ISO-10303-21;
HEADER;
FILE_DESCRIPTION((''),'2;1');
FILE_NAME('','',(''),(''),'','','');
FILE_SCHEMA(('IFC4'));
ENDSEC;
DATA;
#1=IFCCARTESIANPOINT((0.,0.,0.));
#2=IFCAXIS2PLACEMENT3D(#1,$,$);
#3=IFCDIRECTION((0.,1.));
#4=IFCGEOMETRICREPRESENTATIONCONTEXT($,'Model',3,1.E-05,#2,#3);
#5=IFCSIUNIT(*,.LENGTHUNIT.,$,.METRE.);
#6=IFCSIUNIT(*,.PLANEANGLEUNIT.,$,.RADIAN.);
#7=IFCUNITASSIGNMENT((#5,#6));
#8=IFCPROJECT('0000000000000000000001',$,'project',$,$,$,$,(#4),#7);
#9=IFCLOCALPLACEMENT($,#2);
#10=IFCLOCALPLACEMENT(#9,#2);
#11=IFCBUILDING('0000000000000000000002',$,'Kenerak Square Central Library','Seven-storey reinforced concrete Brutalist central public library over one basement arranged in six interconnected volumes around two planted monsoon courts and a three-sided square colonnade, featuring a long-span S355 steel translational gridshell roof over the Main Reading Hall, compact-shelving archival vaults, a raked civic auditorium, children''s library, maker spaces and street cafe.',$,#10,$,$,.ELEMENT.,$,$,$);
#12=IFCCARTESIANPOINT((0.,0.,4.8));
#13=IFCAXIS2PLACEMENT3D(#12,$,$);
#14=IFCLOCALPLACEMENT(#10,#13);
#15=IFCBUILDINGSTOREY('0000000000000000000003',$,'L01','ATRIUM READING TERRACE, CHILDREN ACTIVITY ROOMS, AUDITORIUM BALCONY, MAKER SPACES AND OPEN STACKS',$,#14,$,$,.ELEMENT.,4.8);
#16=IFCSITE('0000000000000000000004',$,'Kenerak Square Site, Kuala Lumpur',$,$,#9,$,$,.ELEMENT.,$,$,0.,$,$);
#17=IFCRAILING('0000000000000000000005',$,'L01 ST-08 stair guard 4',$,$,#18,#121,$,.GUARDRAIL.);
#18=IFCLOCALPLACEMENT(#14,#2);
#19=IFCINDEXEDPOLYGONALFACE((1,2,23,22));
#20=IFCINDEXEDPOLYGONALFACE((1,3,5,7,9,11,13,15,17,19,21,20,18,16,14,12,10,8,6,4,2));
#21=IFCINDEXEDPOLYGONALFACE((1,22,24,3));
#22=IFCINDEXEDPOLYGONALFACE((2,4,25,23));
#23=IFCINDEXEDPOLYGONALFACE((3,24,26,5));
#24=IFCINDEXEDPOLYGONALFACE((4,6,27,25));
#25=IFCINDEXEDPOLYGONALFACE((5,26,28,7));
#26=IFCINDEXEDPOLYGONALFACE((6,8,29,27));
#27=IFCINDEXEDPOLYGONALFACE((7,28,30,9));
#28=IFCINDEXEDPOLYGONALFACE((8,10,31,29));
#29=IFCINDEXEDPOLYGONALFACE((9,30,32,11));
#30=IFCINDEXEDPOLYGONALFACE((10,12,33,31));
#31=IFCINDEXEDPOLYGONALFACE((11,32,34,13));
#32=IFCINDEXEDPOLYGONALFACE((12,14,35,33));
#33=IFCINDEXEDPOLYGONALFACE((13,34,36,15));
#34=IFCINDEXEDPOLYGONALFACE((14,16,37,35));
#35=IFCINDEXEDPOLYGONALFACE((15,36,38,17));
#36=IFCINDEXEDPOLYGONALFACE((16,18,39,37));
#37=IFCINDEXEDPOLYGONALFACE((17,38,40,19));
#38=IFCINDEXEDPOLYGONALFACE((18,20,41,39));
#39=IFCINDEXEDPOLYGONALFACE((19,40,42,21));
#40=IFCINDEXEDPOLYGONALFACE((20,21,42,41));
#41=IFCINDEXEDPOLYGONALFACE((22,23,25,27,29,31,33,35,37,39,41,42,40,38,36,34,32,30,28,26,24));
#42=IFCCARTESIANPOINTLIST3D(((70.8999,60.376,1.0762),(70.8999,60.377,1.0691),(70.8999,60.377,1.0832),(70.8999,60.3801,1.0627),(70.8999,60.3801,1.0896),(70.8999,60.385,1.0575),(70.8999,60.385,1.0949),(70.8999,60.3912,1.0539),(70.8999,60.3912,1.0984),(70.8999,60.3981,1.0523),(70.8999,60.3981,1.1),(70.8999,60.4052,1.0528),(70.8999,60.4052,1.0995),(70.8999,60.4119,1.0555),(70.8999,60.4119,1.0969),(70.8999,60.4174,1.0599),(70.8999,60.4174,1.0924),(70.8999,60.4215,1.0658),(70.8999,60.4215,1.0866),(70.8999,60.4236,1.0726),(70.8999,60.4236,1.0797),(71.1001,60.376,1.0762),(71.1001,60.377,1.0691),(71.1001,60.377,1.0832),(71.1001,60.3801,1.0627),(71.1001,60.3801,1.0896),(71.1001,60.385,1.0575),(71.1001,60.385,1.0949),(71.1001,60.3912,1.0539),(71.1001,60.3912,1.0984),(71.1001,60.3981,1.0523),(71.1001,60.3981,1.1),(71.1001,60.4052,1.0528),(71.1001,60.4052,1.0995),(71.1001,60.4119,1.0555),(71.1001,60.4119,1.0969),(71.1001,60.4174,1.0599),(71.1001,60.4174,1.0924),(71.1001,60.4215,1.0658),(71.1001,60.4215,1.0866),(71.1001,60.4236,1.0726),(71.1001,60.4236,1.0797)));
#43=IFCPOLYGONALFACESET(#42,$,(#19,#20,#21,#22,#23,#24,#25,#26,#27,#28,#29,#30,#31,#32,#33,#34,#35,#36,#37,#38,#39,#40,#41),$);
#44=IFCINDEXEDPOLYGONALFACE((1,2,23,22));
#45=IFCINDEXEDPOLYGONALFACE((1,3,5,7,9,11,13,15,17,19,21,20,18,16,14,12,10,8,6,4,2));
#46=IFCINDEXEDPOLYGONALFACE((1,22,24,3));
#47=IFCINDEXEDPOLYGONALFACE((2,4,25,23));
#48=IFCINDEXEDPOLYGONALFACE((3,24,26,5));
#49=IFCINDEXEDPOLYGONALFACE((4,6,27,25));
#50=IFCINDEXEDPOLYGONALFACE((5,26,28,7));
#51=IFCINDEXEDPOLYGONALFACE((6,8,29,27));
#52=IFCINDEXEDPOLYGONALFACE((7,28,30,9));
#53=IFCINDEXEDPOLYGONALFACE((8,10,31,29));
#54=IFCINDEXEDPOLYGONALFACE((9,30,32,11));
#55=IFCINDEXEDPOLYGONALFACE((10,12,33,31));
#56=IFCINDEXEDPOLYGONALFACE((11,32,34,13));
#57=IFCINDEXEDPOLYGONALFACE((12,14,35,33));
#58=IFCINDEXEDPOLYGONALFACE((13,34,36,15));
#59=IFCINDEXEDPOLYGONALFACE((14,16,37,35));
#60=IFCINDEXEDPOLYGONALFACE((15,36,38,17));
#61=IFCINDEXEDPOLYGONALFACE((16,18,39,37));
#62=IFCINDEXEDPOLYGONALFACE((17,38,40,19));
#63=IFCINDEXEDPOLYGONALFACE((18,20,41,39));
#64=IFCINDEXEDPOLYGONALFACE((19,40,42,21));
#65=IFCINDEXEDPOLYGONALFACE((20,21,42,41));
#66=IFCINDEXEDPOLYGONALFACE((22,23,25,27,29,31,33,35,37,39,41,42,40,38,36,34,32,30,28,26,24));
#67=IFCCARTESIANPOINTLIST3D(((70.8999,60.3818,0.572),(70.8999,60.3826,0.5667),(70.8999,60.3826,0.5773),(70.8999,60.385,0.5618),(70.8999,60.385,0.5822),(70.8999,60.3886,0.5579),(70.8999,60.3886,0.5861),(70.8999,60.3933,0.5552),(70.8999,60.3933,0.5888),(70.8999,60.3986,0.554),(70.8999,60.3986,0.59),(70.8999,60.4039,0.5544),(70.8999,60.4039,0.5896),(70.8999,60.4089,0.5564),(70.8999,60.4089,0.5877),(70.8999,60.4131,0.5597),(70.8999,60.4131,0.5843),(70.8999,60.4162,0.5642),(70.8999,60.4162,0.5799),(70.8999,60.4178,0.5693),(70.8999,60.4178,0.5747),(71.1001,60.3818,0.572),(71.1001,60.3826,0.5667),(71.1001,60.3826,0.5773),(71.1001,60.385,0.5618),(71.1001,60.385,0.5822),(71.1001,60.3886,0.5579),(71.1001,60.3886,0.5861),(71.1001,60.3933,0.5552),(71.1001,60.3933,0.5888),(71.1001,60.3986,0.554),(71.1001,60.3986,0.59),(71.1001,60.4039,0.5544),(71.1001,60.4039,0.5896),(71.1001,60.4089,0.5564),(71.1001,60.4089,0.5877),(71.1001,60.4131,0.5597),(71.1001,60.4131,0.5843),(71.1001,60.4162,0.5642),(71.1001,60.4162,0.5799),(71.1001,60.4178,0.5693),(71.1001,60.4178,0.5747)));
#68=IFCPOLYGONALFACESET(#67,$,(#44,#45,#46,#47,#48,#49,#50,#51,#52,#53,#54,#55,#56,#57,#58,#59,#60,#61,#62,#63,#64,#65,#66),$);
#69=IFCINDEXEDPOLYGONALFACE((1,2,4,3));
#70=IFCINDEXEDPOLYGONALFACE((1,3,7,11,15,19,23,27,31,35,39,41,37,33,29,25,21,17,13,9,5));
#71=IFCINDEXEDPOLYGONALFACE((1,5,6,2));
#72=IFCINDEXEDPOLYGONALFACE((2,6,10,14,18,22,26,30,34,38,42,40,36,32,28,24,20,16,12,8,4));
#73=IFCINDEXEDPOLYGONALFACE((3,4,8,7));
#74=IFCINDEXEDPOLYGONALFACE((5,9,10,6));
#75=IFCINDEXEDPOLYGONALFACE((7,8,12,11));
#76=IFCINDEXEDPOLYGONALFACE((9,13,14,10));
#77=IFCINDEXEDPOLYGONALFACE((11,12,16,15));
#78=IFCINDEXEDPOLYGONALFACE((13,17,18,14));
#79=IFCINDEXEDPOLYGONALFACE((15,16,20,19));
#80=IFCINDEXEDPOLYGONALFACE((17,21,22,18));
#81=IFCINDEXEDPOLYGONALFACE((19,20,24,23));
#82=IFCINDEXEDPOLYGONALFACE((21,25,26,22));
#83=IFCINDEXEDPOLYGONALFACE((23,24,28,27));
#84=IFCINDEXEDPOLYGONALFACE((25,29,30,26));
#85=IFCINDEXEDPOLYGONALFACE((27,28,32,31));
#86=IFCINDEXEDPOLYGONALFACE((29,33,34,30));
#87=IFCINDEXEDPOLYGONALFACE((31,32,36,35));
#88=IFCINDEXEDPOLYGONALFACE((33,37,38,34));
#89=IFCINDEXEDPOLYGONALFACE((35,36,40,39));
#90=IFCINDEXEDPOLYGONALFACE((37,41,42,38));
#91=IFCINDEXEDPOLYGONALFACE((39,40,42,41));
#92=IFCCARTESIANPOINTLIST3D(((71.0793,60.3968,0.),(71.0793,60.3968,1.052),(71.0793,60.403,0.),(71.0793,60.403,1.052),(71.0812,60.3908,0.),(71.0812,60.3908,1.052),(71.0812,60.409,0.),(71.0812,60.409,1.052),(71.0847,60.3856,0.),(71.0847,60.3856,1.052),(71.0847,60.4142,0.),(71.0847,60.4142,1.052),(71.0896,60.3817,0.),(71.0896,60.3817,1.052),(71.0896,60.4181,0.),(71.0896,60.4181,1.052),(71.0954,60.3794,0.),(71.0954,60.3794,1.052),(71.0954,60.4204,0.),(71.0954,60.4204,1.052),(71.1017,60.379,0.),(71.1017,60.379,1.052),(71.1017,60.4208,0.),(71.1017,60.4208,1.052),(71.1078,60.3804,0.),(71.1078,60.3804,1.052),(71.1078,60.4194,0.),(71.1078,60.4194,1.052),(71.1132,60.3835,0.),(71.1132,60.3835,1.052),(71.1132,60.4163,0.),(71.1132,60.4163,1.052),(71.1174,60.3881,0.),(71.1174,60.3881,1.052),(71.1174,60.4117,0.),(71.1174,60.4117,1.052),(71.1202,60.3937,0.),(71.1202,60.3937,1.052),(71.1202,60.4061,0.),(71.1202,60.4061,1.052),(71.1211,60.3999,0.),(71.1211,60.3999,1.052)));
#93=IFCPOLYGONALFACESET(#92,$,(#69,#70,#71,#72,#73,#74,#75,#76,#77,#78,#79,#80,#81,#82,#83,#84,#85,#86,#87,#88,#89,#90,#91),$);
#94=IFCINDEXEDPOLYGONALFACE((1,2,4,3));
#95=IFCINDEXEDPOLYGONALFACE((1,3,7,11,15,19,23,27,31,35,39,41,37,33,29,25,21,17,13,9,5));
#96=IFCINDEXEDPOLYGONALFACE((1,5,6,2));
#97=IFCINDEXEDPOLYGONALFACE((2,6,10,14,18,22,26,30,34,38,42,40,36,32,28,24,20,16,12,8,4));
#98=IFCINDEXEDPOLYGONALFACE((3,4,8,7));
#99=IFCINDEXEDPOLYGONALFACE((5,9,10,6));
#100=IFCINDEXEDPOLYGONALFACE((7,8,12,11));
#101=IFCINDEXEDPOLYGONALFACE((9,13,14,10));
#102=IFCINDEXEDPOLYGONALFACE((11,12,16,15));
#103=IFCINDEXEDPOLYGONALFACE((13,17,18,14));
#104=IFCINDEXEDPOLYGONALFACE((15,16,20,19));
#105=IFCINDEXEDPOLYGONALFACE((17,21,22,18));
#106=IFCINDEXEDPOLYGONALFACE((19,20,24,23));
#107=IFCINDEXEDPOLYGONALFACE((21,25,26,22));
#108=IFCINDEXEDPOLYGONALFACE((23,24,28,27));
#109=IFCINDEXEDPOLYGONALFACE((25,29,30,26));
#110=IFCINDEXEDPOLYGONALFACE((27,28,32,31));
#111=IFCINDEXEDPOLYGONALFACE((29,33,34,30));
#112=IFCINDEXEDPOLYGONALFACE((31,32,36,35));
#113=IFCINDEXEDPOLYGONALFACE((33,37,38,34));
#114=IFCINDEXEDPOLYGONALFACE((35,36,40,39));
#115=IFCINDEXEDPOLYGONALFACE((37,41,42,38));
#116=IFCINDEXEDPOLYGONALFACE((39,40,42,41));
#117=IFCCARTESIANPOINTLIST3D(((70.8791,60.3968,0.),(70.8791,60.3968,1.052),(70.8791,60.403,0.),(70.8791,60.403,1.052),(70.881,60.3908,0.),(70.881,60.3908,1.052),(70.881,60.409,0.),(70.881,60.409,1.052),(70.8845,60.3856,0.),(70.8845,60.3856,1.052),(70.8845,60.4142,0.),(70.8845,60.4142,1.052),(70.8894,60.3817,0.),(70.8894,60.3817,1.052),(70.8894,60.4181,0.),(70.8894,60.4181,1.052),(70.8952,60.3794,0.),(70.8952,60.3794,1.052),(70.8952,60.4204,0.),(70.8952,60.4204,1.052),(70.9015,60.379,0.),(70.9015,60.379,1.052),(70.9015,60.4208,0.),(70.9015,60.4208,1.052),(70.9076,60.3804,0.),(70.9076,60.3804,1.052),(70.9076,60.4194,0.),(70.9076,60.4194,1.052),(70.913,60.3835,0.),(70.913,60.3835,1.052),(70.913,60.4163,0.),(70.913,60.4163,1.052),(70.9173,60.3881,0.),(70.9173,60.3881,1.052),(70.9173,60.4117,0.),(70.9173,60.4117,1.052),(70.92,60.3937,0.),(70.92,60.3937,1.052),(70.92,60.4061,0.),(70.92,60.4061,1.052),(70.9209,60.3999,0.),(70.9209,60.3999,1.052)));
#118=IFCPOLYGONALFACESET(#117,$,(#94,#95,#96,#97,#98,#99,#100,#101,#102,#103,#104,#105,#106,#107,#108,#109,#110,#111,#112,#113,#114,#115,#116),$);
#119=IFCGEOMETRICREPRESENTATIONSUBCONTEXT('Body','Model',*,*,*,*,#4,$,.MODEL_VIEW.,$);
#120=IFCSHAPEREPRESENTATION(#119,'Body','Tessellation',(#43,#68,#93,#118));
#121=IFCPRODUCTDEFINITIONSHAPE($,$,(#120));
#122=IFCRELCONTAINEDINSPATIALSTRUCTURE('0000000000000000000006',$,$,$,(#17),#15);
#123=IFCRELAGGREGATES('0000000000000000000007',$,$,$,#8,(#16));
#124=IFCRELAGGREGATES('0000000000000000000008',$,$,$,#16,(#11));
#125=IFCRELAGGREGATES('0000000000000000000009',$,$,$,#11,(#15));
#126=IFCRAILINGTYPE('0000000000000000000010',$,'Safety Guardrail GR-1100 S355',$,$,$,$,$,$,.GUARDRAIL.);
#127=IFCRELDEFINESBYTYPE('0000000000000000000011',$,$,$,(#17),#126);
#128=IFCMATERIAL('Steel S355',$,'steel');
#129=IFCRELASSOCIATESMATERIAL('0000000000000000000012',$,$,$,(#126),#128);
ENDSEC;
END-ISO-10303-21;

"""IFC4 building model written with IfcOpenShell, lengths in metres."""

from ifc_helpers import new_model, si_unit, direction, frame, origin, origin_2d, place, context, subcontext, project, spatial, circle, extrude, material, type_object, element, save


model = new_model("IFC4")

# Units and contexts
model_context = context("Model", 3, precision=1e-05, world=origin(), true_north=direction((0.0, 1.0)))
body_context = subcontext(model_context, "Body", "Model", "MODEL_VIEW")
ifc_project = project(units=[si_unit("LENGTHUNIT", "METRE"), si_unit("PLANEANGLEUNIT", "RADIAN")], contexts=[model_context])

# Site, building, storey
site_placement = place(None, origin())
site = spatial("IfcSite", under=ifc_project, at=site_placement, Name="Kenerak Square Site, Kuala Lumpur", CompositionType="ELEMENT", RefElevation=0.0)
building_placement = place(site_placement, origin())
building = spatial("IfcBuilding", under=site, at=building_placement, Name="Kenerak Square Central Library", Description="Seven-storey reinforced concrete Brutalist central public library over one basement arranged in six interconnected volumes around two planted monsoon courts and a three-sided square colonnade, featuring a long-span S355 steel translational gridshell roof over the Main Reading Hall, compact-shelving archival vaults, a raked civic auditorium, children's library, maker spaces and street cafe.", CompositionType="ELEMENT")
storey_placement = place(building_placement, frame((0.0, 0.0, 4.8)))
storey = spatial("IfcBuildingStorey", under=building, at=storey_placement, Name="L01", Description="ATRIUM READING TERRACE, CHILDREN ACTIVITY ROOMS, AUDITORIUM BALCONY, MAKER SPACES AND OPEN STACKS", CompositionType="ELEMENT", Elevation=4.8)

# Shared definitions
ifc_material_1 = material(Name="Steel S355", Category="steel")

# Railing
railing_type_1 = type_object("IfcRailingType", Name="Safety Guardrail GR-1100 S355", PredefinedType="GUARDRAIL", material=ifc_material_1)
railing_1_placement = place(storey_placement, frame((71.1001, 60.3999, 0.0)))
element("IfcRailing", 1, at=railing_1_placement, inside=storey, type_object=railing_type_1, Name="L01 ST-08 stair guard 4", PredefinedType="GUARDRAIL", context=body_context, shape_type="SweptSolid", body=[
    extrude(circle(Radius=0.0239, at=origin_2d()), frame((0.0, 0.0, 1.0762), z_axis=(-1.0, 0.0, 0.0), x_axis=(0.0, -1.0, 0.0)), (0.0, 0.0, 1.0), 0.2002),
    extrude(circle(Radius=0.0181, at=origin_2d()), frame((0.0, 0.0, 0.572), z_axis=(-1.0, 0.0, 0.0), x_axis=(0.0, -1.0, 0.0)), (0.0, 0.0, 1.0), 0.2002),
    extrude(circle(Radius=0.021, at=origin_2d()), origin(), (0.0, 0.0, 1.0), 1.052),
    extrude(circle(Radius=0.021, at=origin_2d()), frame((-0.2002, 0.0, 0.0)), (0.0, 0.0, 1.0), 1.052),
])

save(model, "model.ifc")
